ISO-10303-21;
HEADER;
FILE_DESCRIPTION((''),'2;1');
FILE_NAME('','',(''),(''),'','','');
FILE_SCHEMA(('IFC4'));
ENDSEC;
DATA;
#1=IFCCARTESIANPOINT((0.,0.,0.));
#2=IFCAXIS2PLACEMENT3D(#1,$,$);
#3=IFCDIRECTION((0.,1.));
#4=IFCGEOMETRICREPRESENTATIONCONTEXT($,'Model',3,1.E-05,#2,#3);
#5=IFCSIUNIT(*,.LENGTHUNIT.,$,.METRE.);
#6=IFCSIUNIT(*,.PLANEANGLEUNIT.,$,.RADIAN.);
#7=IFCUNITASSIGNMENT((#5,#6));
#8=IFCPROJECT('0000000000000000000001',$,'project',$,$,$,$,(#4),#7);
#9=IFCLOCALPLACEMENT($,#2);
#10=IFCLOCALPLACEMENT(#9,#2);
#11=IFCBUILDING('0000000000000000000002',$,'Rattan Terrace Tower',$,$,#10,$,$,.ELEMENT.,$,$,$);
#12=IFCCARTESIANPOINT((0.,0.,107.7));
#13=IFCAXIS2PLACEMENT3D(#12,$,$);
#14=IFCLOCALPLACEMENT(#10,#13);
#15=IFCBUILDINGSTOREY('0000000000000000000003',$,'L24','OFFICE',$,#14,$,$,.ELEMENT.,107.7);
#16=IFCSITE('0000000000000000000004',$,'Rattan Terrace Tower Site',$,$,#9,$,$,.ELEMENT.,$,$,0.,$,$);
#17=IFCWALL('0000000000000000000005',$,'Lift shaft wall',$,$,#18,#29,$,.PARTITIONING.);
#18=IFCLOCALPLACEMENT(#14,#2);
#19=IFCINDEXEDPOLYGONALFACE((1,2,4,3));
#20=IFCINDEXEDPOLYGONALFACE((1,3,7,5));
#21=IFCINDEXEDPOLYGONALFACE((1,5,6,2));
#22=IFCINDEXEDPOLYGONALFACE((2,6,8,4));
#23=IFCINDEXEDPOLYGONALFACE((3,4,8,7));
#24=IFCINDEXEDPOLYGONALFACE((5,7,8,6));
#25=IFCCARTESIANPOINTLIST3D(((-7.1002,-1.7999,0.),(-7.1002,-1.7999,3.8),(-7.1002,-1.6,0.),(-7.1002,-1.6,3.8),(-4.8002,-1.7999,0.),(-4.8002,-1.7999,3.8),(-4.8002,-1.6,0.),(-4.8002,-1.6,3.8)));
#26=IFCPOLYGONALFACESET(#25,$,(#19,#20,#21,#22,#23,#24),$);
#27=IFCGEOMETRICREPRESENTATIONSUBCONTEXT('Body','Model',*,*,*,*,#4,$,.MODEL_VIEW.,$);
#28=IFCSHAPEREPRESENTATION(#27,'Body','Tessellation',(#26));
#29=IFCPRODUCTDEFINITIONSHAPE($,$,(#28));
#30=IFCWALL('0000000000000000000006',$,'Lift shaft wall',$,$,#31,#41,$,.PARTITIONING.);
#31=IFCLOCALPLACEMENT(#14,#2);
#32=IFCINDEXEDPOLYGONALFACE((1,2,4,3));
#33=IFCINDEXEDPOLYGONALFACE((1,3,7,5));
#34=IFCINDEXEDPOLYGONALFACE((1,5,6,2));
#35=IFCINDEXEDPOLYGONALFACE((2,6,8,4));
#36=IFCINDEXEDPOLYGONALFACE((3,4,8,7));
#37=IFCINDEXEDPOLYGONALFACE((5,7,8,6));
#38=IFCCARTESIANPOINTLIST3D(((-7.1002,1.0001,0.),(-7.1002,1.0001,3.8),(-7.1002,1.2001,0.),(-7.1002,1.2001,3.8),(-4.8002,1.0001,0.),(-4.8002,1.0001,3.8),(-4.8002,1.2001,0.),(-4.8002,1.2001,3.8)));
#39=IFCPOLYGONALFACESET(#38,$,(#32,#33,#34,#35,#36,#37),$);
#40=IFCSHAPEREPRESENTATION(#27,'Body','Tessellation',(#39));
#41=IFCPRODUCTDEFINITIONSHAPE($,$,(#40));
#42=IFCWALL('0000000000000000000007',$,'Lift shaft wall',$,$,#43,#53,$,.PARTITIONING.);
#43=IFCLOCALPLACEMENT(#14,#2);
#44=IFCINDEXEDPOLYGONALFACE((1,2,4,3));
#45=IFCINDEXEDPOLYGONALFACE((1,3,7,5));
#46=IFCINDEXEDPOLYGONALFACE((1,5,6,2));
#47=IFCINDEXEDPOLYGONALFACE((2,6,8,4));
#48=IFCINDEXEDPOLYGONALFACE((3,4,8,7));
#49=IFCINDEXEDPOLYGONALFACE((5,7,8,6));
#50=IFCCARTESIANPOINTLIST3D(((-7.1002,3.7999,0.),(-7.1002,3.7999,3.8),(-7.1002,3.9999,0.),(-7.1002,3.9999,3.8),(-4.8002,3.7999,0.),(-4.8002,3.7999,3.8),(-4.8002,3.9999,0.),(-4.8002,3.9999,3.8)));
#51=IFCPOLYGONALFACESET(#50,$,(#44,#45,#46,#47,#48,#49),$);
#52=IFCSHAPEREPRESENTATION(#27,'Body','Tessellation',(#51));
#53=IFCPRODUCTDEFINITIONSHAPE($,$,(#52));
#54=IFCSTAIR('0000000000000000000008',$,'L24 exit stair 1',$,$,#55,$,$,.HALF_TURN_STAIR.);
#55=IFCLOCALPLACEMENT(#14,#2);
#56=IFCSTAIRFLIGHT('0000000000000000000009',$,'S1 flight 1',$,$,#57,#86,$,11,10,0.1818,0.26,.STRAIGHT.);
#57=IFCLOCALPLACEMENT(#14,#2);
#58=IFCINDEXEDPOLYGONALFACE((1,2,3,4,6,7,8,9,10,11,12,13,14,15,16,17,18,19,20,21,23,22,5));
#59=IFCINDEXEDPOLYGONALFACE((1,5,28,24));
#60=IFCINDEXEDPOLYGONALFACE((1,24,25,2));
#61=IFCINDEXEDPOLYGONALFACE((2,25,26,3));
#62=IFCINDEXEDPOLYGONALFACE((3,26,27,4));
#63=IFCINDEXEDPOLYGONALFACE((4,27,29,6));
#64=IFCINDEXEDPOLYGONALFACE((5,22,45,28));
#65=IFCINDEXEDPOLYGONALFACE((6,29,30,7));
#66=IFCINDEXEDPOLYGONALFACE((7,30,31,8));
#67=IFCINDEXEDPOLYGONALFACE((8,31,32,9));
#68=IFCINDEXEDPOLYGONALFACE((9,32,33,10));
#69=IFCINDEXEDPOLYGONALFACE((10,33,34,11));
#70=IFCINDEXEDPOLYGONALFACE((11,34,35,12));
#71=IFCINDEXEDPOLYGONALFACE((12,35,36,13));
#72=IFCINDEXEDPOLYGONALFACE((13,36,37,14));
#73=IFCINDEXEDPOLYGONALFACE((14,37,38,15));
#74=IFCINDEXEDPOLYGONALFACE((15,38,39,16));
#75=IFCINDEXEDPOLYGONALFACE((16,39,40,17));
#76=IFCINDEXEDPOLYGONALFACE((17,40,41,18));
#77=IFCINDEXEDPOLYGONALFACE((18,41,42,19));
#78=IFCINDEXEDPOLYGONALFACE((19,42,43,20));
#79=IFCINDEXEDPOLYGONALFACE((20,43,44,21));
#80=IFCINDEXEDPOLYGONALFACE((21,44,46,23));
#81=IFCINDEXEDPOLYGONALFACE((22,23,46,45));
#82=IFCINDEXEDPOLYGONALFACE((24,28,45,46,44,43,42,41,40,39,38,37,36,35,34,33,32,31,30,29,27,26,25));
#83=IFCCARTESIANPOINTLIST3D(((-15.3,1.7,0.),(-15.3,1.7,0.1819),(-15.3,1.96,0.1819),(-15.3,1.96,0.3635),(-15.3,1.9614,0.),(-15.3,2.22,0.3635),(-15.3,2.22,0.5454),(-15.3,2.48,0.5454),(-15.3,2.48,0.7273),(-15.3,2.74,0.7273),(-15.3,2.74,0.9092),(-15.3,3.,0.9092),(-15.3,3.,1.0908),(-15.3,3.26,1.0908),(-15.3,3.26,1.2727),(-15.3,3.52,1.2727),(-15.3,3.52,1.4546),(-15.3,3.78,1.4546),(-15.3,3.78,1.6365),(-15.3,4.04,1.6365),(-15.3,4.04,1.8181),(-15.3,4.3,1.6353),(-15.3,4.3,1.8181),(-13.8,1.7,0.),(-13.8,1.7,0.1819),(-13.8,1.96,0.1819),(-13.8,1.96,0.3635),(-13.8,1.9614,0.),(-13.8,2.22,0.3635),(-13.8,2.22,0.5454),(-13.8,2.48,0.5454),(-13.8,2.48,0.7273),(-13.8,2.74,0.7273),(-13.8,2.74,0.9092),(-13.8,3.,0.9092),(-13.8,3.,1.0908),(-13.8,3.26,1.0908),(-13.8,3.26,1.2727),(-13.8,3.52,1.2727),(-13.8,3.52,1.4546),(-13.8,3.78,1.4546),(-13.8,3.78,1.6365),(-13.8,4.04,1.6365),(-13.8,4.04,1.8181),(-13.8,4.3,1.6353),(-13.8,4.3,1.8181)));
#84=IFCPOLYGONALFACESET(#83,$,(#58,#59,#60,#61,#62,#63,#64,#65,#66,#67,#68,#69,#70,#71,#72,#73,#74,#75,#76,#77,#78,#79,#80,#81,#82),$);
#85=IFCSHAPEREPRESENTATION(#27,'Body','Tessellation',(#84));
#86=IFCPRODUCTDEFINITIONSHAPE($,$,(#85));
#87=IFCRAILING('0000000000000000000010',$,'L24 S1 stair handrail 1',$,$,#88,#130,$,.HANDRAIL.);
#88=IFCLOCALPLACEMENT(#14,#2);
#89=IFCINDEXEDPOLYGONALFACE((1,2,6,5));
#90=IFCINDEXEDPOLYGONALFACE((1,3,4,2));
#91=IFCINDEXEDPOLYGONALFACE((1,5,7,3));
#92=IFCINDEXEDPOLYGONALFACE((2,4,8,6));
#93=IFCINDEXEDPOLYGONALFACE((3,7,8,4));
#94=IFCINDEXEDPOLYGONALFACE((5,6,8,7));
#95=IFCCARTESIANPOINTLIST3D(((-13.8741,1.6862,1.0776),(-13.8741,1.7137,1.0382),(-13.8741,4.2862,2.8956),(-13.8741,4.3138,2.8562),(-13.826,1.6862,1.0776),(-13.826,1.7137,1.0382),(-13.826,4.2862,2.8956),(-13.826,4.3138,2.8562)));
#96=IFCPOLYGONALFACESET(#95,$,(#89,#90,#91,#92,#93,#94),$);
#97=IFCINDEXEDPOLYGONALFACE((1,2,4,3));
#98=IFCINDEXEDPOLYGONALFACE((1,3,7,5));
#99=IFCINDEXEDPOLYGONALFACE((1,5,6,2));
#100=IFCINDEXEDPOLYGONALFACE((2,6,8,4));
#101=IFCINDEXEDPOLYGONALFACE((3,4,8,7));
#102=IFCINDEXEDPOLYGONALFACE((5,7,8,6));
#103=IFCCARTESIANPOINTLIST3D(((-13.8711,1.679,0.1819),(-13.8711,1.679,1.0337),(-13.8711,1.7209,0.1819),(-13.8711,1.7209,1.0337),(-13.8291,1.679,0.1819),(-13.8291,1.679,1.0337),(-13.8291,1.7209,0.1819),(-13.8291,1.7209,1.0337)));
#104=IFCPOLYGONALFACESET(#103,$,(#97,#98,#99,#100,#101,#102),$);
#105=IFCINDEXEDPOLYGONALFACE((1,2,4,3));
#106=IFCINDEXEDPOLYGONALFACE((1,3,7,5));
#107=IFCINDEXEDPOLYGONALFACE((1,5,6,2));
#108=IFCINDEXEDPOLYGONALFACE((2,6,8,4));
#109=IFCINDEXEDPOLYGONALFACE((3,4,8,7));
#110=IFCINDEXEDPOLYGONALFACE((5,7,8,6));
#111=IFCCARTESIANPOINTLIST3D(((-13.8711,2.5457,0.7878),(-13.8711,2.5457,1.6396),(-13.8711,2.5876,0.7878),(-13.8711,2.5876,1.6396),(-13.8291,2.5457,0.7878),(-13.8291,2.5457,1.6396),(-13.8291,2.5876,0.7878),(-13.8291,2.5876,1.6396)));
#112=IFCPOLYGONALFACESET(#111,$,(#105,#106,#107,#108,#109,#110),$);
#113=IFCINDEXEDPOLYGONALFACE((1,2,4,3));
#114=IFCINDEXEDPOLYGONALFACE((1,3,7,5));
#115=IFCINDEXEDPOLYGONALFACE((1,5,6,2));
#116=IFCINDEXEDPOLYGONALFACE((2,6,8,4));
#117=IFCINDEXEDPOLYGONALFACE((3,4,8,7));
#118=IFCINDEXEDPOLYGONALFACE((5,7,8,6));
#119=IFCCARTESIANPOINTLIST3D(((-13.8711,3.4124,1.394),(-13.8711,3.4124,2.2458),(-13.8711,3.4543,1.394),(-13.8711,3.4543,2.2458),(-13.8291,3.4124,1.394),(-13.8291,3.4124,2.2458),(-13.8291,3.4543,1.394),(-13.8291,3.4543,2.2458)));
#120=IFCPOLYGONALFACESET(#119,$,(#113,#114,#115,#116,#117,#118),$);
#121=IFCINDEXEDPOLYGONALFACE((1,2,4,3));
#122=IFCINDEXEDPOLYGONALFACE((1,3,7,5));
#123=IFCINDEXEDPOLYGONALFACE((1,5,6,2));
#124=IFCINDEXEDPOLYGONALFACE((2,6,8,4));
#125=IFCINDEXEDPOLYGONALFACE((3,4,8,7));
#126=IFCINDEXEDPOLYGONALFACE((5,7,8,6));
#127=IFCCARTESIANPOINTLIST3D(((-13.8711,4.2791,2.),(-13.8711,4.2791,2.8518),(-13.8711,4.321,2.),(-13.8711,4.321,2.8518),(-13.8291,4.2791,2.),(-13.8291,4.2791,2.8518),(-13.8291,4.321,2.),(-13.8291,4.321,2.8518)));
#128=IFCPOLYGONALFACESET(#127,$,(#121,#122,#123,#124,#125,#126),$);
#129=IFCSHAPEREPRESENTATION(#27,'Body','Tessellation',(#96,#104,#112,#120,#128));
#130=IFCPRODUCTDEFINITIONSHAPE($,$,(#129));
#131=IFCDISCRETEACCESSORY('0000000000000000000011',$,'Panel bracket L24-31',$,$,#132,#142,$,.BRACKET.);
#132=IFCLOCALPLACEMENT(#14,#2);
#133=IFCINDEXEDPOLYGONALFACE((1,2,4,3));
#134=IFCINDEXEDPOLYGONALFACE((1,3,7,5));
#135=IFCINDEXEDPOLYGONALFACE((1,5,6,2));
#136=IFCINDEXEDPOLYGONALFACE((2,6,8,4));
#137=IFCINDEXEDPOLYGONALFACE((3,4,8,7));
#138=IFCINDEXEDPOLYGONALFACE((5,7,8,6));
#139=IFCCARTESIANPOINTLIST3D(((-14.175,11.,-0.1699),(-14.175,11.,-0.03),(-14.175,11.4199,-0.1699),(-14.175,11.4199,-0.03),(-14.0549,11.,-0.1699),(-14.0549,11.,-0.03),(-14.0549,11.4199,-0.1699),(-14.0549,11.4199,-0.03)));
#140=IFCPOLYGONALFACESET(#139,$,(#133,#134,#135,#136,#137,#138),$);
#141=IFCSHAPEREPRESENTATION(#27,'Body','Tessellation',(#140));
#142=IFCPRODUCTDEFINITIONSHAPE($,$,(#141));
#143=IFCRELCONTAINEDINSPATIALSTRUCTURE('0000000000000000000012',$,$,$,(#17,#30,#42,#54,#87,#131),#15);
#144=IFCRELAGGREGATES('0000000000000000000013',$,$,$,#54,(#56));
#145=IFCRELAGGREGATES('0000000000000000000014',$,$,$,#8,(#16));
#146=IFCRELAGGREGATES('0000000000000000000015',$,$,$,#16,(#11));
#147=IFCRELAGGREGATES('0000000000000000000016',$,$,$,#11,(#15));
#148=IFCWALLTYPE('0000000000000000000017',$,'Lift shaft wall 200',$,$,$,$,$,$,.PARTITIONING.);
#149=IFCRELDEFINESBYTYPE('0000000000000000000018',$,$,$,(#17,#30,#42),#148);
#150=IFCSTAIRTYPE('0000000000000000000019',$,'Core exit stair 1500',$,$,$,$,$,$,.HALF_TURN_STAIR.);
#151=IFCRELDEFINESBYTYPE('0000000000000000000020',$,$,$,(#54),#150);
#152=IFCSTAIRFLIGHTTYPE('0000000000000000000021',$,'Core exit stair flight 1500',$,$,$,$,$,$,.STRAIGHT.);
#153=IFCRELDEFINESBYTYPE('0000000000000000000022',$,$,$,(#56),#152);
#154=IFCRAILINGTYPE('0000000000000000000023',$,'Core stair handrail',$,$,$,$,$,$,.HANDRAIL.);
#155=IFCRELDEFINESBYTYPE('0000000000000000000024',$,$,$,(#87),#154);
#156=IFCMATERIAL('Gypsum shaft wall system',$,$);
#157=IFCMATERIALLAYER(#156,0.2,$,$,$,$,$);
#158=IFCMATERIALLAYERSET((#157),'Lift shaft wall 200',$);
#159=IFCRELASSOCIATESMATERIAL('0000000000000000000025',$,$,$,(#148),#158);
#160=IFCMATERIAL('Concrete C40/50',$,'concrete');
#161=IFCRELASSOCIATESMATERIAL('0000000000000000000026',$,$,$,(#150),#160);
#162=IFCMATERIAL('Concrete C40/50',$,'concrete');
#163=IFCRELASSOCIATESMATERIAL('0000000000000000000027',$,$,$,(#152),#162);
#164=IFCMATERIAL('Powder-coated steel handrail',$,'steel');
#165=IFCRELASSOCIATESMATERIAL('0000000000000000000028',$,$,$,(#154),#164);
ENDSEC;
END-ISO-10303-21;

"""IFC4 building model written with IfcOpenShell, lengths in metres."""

from ifc_helpers import new_model, si_unit, direction, frame, frame_2d, origin, origin_2d, place, context, subcontext, project, spatial, polyline, rectangle, outline, extrude, material, layer, layer_set, type_object, element, aggregate, save


model = new_model("IFC4")

# Units and contexts
model_context = context("Model", 3, precision=1e-05, world=origin(), true_north=direction((0.0, 1.0)))
body_context = subcontext(model_context, "Body", "Model", "MODEL_VIEW")
ifc_project = project(units=[si_unit("LENGTHUNIT", "METRE"), si_unit("PLANEANGLEUNIT", "RADIAN")], contexts=[model_context])

# Site, building, storey
site_placement = place(None, origin())
site = spatial("IfcSite", under=ifc_project, at=site_placement, Name="Rattan Terrace Tower Site", CompositionType="ELEMENT", RefElevation=0.0)
building_placement = place(site_placement, origin())
building = spatial("IfcBuilding", under=site, at=building_placement, Name="Rattan Terrace Tower", CompositionType="ELEMENT")
storey_placement = place(building_placement, frame((0.0, 0.0, 107.7)))
storey = spatial("IfcBuildingStorey", under=building, at=storey_placement, Name="L24", Description="OFFICE", CompositionType="ELEMENT", Elevation=107.7)

# Walls
ifc_material_1 = material(Name="Gypsum shaft wall system")
ifc_layer_1 = layer(ifc_material_1, 0.2)
ifc_layer_set_1 = layer_set([ifc_layer_1], Name="Lift shaft wall 200")
wall_type_1 = type_object("IfcWallType", Name="Lift shaft wall 200", PredefinedType="PARTITIONING", material=ifc_layer_set_1)
for number, where, z_axis, x_axis, name in (
    (1, (-7.1001, -1.7, 0.0), (0.0, 0.0, 1.0), (1.0, 0.0, 0.0), "Lift shaft wall"),
    (2, (-7.1001, 1.1001, 0.0), (0.0, 0.0, 1.0), (1.0, 0.0, 0.0), "Lift shaft wall"),
    (3, (-7.1001, 3.8999, 0.0), (0.0, 0.0, 1.0), (1.0, 0.0, 0.0), "Lift shaft wall"),
):
    element("IfcWall", number, at=place(storey_placement, frame(where, z_axis=z_axis, x_axis=x_axis)), inside=storey, type_object=wall_type_1, Name=name, PredefinedType="PARTITIONING", context=body_context, shape_type="SweptSolid", body=[
        extrude(rectangle(XDim=2.3, YDim=0.2, at=frame_2d((1.1499, 0.0))), origin(), (0.0, 0.0, 1.0), 3.8),
    ])

# Stair, stair flight
ifc_material_2 = material(Name="Concrete C40/50", Category="concrete")
stair_type = type_object("IfcStairType", Name="Core exit stair 1500", PredefinedType="HALF_TURN_STAIR", material=ifc_material_2)
stair_placement = place(storey_placement, origin())
stair = element("IfcStair", 4, at=stair_placement, inside=storey, type_object=stair_type, Name="L24 exit stair 1", PredefinedType="HALF_TURN_STAIR")
ifc_material_3 = material(Name="Concrete C40/50", Category="concrete")
stair_flight_type = type_object("IfcStairFlightType", Name="Core exit stair flight 1500", PredefinedType="STRAIGHT", material=ifc_material_3)
stair_flight_placement = place(storey_placement, frame((-14.55, 1.7, 0.0), z_axis=(0.0, 0.0, 1.0), x_axis=(0.0, 1.0, 0.0)))
stair_flight = element("IfcStairFlight", 5, at=stair_flight_placement, type_object=stair_flight_type, Name="S1 flight 1", NumberOfRisers=11, NumberOfTreads=10, PredefinedType="STRAIGHT", RiserHeight=0.1818, TreadLength=0.26, context=body_context, shape_type="SweptSolid", body=[
    extrude(outline(polyline([(0.0, 0.0), (0.0, 0.1819), (0.26, 0.1819), (0.26, 0.3635), (0.52, 0.3635), (0.52, 0.5454), (0.78, 0.5454), (0.78, 0.7273), (1.04, 0.7273), (1.04, 0.9092), (1.3, 0.9092), (1.3, 1.0908), (1.5601, 1.0908), (1.5601, 1.2727), (1.8201, 1.2727), (1.8201, 1.4546), (2.0801, 1.4546), (2.0801, 1.6365), (2.3401, 1.6365), (2.3401, 1.8181), (2.6001, 1.8181), (2.6001, 2.0), (2.6001, 1.6353), (0.2615, 0.0), (0.0, 0.0)])), frame((0.0, 0.75, 0.0), z_axis=(0.0, -1.0, 0.0), x_axis=(1.0, 0.0, 0.0)), (0.0, 0.0, 1.0), 1.5),
])
aggregate(stair, [stair_flight])

# Railing
ifc_material_4 = material(Name="Powder-coated steel handrail", Category="steel")
railing_type = type_object("IfcRailingType", Name="Core stair handrail", PredefinedType="HANDRAIL", material=ifc_material_4)
railing_placement = place(storey_placement, frame((-13.8501, 1.7, 0.1819)))
element("IfcRailing", 6, at=railing_placement, inside=storey, type_object=railing_type, Name="L24 S1 stair handrail 1", PredefinedType="HANDRAIL", context=body_context, shape_type="SweptSolid", body=[
    extrude(rectangle(XDim=0.0481, YDim=0.0481, at=origin_2d()), frame((0.0, 0.0, 0.876), z_axis=(0.0, 0.819521, 0.573049), x_axis=(-1.0, 0.0, 0.0)), (0.0, 0.0, 1.0), 3.1726),
    extrude(rectangle(XDim=0.042, YDim=0.042, at=origin_2d()), origin(), (0.0, 0.0, 1.0), 0.8518),
    extrude(rectangle(XDim=0.042, YDim=0.042, at=origin_2d()), frame((0.0, 0.8667, 0.606)), (0.0, 0.0, 1.0), 0.8518),
    extrude(rectangle(XDim=0.042, YDim=0.042, at=origin_2d()), frame((0.0, 1.7334, 1.2122)), (0.0, 0.0, 1.0), 0.8518),
    extrude(rectangle(XDim=0.042, YDim=0.042, at=origin_2d()), frame((0.0, 2.6001, 1.8181)), (0.0, 0.0, 1.0), 0.8518),
])

# Discrete accessory
discrete_accessory_placement = place(storey_placement, frame((-14.115, 11.21, -0.1699), z_axis=(0.0, 0.0, 1.0), x_axis=(-1.0, 0.0, 0.0)))
element("IfcDiscreteAccessory", 7, at=discrete_accessory_placement, inside=storey, Name="Panel bracket L24-31", PredefinedType="BRACKET", context=body_context, shape_type="SweptSolid", body=[
    extrude(rectangle(XDim=0.1201, YDim=0.4199, at=origin_2d()), origin(), (0.0, 0.0, 1.0), 0.1399),
])

save(model, "model.ifc")
